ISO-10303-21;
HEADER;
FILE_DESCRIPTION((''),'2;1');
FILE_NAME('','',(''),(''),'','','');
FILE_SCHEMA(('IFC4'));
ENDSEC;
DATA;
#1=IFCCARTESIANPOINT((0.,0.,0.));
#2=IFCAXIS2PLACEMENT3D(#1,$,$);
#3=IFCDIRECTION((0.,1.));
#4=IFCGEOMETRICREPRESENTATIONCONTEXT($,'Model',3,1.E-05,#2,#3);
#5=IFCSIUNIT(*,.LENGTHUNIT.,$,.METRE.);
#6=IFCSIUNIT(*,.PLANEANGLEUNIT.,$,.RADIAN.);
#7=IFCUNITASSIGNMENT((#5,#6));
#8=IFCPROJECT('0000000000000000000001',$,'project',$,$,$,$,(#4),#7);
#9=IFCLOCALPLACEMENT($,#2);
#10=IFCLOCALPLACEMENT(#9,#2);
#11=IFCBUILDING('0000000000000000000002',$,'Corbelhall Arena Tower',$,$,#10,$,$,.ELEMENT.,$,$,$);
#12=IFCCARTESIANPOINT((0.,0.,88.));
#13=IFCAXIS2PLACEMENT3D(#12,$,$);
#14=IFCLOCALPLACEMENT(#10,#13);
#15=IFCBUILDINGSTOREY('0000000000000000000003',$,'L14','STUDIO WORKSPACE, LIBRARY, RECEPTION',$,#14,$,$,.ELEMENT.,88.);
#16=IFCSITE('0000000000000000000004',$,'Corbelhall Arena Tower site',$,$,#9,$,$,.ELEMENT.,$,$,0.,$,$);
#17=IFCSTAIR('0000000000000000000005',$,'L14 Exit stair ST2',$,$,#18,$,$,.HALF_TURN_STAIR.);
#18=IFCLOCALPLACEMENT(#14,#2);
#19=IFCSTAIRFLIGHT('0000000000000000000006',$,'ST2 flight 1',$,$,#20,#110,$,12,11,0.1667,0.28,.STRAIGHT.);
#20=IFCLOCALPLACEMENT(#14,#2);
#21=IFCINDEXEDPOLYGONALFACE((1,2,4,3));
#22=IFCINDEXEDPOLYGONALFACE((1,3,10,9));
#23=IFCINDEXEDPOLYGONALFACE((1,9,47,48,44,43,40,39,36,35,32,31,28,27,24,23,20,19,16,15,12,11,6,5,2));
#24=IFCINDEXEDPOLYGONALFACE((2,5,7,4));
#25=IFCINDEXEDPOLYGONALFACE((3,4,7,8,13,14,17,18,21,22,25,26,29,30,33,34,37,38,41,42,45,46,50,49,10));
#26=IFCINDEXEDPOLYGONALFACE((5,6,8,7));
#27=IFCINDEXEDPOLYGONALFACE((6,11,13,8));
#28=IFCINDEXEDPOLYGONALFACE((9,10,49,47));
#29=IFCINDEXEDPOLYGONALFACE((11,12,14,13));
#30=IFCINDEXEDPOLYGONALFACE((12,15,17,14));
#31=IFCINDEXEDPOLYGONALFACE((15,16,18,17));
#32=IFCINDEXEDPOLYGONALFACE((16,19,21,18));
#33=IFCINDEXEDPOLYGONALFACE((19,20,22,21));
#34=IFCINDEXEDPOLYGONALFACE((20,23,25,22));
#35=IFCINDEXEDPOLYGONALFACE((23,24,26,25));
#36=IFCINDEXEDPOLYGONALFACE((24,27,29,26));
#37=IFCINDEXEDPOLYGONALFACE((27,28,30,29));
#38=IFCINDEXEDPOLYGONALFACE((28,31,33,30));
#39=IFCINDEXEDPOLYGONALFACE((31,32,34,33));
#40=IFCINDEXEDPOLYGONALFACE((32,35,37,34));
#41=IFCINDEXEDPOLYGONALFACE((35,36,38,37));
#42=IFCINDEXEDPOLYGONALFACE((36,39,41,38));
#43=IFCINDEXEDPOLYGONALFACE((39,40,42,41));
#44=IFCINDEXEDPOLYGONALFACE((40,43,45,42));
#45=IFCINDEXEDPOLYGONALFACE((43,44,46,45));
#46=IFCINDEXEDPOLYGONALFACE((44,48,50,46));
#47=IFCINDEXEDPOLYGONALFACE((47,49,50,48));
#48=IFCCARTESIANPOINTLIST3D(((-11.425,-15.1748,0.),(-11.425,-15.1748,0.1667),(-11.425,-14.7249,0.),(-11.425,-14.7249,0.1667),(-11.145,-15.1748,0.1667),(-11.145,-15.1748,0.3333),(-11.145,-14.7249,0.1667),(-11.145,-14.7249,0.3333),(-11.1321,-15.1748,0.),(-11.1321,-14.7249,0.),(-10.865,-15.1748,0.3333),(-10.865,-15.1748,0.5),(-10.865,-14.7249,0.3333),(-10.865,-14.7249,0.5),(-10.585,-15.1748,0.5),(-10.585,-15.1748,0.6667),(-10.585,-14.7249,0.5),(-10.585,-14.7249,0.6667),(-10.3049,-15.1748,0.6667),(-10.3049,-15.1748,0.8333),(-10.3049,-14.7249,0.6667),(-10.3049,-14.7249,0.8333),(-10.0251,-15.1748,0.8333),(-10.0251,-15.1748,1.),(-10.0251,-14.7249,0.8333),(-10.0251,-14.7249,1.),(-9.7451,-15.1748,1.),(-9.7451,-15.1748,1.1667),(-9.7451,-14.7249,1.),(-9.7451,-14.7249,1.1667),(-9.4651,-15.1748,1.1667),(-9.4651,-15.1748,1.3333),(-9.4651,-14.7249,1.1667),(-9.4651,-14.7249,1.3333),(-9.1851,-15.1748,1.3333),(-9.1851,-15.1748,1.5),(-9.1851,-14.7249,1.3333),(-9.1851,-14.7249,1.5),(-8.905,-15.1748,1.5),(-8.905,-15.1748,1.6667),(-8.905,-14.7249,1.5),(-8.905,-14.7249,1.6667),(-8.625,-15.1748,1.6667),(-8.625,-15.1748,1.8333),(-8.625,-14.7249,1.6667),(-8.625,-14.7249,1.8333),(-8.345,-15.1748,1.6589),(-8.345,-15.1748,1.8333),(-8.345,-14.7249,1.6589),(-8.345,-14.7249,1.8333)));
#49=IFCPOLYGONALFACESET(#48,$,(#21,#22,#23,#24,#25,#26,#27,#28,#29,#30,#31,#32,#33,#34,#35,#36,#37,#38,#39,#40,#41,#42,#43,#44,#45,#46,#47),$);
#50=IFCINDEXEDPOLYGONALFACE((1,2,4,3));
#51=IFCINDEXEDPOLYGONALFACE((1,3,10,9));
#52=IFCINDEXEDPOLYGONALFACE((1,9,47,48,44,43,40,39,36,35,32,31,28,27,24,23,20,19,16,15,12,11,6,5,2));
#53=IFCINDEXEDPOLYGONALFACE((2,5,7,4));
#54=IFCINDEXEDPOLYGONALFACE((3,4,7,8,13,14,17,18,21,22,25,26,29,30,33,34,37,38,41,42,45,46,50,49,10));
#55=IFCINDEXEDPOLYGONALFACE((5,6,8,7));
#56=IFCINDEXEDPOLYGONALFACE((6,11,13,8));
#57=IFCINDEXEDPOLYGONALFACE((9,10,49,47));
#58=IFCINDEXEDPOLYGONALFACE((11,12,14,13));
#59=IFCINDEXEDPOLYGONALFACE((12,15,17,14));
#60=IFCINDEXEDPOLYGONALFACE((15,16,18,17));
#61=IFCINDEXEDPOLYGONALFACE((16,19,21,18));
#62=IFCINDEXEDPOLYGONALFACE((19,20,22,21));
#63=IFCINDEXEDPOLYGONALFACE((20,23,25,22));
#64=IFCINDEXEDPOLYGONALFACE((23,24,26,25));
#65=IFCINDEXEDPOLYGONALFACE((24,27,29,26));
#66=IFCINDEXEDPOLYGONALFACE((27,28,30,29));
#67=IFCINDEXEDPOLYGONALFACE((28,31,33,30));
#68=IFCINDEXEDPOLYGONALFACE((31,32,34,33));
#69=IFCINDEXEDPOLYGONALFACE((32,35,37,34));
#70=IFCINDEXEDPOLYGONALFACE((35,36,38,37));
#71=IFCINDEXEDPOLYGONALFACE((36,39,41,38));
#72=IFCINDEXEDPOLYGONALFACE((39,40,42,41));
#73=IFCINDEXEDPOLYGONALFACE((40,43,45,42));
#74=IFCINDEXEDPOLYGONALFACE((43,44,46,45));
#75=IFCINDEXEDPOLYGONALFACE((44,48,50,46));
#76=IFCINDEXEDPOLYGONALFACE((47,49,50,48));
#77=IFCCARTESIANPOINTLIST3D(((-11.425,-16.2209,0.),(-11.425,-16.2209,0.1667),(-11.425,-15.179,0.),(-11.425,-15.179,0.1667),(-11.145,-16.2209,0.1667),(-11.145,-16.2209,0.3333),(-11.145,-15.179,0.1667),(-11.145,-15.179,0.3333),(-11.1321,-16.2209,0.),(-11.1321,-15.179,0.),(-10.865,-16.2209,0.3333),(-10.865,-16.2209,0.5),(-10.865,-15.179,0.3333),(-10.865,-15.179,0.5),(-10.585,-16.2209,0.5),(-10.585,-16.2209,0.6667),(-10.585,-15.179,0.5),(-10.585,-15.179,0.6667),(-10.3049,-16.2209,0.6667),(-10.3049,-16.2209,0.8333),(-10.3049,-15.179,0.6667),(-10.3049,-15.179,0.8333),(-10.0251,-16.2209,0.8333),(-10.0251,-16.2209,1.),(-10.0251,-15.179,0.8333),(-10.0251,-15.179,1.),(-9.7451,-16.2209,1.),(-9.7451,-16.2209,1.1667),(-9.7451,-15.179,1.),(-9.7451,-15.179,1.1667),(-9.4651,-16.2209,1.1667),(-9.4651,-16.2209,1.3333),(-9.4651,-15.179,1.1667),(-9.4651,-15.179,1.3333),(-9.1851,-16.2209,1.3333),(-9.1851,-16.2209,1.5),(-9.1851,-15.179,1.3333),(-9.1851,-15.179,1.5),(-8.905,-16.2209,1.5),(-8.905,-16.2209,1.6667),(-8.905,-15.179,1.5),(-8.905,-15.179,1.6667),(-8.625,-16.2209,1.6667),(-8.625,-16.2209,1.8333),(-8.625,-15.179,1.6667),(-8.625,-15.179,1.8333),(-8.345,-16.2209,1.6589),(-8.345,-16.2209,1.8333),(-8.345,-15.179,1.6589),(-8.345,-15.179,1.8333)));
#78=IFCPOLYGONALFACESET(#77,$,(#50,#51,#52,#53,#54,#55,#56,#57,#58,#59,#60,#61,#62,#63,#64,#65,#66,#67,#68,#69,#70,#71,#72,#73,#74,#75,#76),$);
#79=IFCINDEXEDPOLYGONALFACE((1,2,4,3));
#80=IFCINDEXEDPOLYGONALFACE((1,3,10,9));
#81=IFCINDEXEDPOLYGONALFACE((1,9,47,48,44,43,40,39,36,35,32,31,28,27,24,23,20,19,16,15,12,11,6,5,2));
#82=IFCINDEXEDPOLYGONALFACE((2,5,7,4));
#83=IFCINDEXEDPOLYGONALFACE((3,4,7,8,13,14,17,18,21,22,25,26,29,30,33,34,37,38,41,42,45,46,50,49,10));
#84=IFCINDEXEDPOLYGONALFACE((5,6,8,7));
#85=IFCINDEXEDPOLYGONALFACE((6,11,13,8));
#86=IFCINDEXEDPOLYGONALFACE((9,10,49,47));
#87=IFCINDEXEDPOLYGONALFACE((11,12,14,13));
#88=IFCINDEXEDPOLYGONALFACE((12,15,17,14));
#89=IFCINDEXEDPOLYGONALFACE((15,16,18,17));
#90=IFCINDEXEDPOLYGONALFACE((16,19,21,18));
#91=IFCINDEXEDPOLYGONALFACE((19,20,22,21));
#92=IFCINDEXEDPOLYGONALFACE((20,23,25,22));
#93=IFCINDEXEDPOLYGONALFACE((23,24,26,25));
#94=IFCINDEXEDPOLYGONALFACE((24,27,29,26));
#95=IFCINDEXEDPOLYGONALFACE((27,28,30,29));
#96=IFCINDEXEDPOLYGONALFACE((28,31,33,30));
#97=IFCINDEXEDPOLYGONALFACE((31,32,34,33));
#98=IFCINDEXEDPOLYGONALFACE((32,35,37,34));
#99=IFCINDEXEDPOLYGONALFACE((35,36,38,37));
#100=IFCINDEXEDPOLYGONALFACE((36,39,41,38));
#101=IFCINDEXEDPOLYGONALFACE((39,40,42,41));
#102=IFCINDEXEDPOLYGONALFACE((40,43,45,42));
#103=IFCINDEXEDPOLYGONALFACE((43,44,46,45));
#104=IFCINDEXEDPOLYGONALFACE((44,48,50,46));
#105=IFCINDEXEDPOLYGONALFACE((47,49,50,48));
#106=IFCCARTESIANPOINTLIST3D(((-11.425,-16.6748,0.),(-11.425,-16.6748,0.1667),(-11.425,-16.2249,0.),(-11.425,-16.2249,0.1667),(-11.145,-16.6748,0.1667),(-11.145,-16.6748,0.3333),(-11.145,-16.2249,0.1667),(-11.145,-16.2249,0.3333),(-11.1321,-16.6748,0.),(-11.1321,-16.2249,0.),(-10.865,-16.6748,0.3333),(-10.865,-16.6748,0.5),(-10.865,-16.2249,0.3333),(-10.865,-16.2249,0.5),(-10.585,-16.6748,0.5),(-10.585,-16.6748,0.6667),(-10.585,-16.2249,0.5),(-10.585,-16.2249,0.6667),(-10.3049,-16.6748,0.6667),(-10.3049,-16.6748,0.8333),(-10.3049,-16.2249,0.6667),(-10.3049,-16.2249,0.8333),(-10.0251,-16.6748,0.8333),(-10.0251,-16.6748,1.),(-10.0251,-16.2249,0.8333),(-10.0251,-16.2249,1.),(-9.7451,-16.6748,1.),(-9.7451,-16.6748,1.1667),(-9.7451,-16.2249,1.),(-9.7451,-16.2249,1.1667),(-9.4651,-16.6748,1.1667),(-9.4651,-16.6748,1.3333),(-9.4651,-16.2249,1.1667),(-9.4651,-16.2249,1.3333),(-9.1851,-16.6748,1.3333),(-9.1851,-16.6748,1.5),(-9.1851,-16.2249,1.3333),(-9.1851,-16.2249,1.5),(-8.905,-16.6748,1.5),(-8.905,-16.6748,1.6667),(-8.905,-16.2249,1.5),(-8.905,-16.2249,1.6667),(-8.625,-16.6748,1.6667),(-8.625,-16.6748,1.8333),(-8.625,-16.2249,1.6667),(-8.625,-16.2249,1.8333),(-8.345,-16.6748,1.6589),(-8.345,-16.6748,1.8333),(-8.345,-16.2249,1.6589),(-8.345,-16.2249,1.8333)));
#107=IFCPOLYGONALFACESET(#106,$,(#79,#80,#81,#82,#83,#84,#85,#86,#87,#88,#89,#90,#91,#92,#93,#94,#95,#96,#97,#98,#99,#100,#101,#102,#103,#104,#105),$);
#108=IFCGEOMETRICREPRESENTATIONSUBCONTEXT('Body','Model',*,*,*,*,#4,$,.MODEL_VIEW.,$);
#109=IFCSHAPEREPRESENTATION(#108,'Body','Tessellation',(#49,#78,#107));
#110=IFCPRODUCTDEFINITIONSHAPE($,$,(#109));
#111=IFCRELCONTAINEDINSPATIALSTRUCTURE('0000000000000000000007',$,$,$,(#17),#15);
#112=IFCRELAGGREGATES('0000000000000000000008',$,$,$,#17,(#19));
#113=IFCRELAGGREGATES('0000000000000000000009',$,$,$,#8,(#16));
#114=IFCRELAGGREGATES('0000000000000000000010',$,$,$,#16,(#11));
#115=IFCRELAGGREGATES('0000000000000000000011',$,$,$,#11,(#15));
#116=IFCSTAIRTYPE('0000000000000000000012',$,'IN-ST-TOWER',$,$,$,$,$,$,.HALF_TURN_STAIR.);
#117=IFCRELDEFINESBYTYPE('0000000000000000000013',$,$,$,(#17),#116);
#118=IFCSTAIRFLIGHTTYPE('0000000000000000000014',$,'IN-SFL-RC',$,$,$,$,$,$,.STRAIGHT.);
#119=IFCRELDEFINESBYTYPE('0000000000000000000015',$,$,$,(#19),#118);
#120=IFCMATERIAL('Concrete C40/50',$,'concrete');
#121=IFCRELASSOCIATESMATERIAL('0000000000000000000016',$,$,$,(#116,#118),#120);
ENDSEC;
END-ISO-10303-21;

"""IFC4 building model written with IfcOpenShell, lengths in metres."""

from ifc_helpers import new_model, si_unit, direction, frame, origin, place, context, subcontext, project, spatial, polyline, outline, extrude, material, type_object, element, aggregate, save


model = new_model("IFC4")

# Units and contexts
model_context = context("Model", 3, precision=1e-05, world=origin(), true_north=direction((0.0, 1.0)))
body_context = subcontext(model_context, "Body", "Model", "MODEL_VIEW")
ifc_project = project(units=[si_unit("LENGTHUNIT", "METRE"), si_unit("PLANEANGLEUNIT", "RADIAN")], contexts=[model_context])

# Site, building, storey
site_placement = place(None, origin())
site = spatial("IfcSite", under=ifc_project, at=site_placement, Name="Corbelhall Arena Tower site", CompositionType="ELEMENT", RefElevation=0.0)
building_placement = place(site_placement, origin())
building = spatial("IfcBuilding", under=site, at=building_placement, Name="Corbelhall Arena Tower", CompositionType="ELEMENT")
storey_placement = place(building_placement, frame((0.0, 0.0, 88.0)))
storey = spatial("IfcBuildingStorey", under=building, at=storey_placement, Name="L14", Description="STUDIO WORKSPACE, LIBRARY, RECEPTION", CompositionType="ELEMENT", Elevation=88.0)

# Stair, stair flight
ifc_material_1 = material(Name="Concrete C40/50", Category="concrete")
stair_type = type_object("IfcStairType", Name="IN-ST-TOWER", PredefinedType="HALF_TURN_STAIR", material=ifc_material_1)
stair_placement = place(storey_placement, origin())
stair = element("IfcStair", 1, at=stair_placement, inside=storey, type_object=stair_type, Name="L14 Exit stair ST2", PredefinedType="HALF_TURN_STAIR")
stair_flight_type = type_object("IfcStairFlightType", Name="IN-SFL-RC", PredefinedType="STRAIGHT", material=ifc_material_1)
stair_flight_placement = place(storey_placement, frame((-11.425, -15.7, 0.0), z_axis=(0.0, 0.0, 1.0), x_axis=(1.0, 0.0, 0.0)))
stair_flight = element("IfcStairFlight", 2, at=stair_flight_placement, type_object=stair_flight_type, Name="ST2 flight 1", NumberOfRisers=12, NumberOfTreads=11, PredefinedType="STRAIGHT", RiserHeight=0.1667, TreadLength=0.28, context=body_context, shape_type="SweptSolid", body=[
    extrude(outline(polyline([(0.0, 0.0), (0.0, 0.1667), (0.28, 0.1667), (0.28, 0.3333), (0.5601, 0.3333), (0.5601, 0.5), (0.8401, 0.5), (0.8401, 0.6667), (1.1201, 0.6667), (1.1201, 0.8333), (1.3999, 0.8333), (1.3999, 1.0), (1.6799, 1.0), (1.6799, 1.1667), (1.96, 1.1667), (1.96, 1.3333), (2.24, 1.3333), (2.24, 1.5), (2.52, 1.5), (2.52, 1.6667), (2.8, 1.6667), (2.8, 1.8333), (3.0801, 1.8333), (3.0801, 2.0), (3.0801, 1.6589), (0.293, 0.0), (0.0, 0.0)])), frame((0.0, 0.9751, 0.0), z_axis=(0.0, -1.0, 0.0), x_axis=(1.0, 0.0, 0.0)), (0.0, 0.0, 1.0), 0.45),
    extrude(outline(polyline([(0.0, 0.0), (0.0, 0.1667), (0.28, 0.1667), (0.28, 0.3333), (0.5601, 0.3333), (0.5601, 0.5), (0.8401, 0.5), (0.8401, 0.6667), (1.1201, 0.6667), (1.1201, 0.8333), (1.3999, 0.8333), (1.3999, 1.0), (1.6799, 1.0), (1.6799, 1.1667), (1.96, 1.1667), (1.96, 1.3333), (2.24, 1.3333), (2.24, 1.5), (2.52, 1.5), (2.52, 1.6667), (2.8, 1.6667), (2.8, 1.8333), (3.0801, 1.8333), (3.0801, 2.0), (3.0801, 1.6589), (0.293, 0.0), (0.0, 0.0)])), frame((0.0, 0.521, 0.0), z_axis=(0.0, -1.0, 0.0), x_axis=(1.0, 0.0, 0.0)), (0.0, 0.0, 1.0), 1.042),
    extrude(outline(polyline([(0.0, 0.0), (0.0, 0.1667), (0.28, 0.1667), (0.28, 0.3333), (0.5601, 0.3333), (0.5601, 0.5), (0.8401, 0.5), (0.8401, 0.6667), (1.1201, 0.6667), (1.1201, 0.8333), (1.3999, 0.8333), (1.3999, 1.0), (1.6799, 1.0), (1.6799, 1.1667), (1.96, 1.1667), (1.96, 1.3333), (2.24, 1.3333), (2.24, 1.5), (2.52, 1.5), (2.52, 1.6667), (2.8, 1.6667), (2.8, 1.8333), (3.0801, 1.8333), (3.0801, 2.0), (3.0801, 1.6589), (0.293, 0.0), (0.0, 0.0)])), frame((0.0, -0.5249, 0.0), z_axis=(0.0, -1.0, 0.0), x_axis=(1.0, 0.0, 0.0)), (0.0, 0.0, 1.0), 0.45),
])
aggregate(stair, [stair_flight])

save(model, "model.ifc")
